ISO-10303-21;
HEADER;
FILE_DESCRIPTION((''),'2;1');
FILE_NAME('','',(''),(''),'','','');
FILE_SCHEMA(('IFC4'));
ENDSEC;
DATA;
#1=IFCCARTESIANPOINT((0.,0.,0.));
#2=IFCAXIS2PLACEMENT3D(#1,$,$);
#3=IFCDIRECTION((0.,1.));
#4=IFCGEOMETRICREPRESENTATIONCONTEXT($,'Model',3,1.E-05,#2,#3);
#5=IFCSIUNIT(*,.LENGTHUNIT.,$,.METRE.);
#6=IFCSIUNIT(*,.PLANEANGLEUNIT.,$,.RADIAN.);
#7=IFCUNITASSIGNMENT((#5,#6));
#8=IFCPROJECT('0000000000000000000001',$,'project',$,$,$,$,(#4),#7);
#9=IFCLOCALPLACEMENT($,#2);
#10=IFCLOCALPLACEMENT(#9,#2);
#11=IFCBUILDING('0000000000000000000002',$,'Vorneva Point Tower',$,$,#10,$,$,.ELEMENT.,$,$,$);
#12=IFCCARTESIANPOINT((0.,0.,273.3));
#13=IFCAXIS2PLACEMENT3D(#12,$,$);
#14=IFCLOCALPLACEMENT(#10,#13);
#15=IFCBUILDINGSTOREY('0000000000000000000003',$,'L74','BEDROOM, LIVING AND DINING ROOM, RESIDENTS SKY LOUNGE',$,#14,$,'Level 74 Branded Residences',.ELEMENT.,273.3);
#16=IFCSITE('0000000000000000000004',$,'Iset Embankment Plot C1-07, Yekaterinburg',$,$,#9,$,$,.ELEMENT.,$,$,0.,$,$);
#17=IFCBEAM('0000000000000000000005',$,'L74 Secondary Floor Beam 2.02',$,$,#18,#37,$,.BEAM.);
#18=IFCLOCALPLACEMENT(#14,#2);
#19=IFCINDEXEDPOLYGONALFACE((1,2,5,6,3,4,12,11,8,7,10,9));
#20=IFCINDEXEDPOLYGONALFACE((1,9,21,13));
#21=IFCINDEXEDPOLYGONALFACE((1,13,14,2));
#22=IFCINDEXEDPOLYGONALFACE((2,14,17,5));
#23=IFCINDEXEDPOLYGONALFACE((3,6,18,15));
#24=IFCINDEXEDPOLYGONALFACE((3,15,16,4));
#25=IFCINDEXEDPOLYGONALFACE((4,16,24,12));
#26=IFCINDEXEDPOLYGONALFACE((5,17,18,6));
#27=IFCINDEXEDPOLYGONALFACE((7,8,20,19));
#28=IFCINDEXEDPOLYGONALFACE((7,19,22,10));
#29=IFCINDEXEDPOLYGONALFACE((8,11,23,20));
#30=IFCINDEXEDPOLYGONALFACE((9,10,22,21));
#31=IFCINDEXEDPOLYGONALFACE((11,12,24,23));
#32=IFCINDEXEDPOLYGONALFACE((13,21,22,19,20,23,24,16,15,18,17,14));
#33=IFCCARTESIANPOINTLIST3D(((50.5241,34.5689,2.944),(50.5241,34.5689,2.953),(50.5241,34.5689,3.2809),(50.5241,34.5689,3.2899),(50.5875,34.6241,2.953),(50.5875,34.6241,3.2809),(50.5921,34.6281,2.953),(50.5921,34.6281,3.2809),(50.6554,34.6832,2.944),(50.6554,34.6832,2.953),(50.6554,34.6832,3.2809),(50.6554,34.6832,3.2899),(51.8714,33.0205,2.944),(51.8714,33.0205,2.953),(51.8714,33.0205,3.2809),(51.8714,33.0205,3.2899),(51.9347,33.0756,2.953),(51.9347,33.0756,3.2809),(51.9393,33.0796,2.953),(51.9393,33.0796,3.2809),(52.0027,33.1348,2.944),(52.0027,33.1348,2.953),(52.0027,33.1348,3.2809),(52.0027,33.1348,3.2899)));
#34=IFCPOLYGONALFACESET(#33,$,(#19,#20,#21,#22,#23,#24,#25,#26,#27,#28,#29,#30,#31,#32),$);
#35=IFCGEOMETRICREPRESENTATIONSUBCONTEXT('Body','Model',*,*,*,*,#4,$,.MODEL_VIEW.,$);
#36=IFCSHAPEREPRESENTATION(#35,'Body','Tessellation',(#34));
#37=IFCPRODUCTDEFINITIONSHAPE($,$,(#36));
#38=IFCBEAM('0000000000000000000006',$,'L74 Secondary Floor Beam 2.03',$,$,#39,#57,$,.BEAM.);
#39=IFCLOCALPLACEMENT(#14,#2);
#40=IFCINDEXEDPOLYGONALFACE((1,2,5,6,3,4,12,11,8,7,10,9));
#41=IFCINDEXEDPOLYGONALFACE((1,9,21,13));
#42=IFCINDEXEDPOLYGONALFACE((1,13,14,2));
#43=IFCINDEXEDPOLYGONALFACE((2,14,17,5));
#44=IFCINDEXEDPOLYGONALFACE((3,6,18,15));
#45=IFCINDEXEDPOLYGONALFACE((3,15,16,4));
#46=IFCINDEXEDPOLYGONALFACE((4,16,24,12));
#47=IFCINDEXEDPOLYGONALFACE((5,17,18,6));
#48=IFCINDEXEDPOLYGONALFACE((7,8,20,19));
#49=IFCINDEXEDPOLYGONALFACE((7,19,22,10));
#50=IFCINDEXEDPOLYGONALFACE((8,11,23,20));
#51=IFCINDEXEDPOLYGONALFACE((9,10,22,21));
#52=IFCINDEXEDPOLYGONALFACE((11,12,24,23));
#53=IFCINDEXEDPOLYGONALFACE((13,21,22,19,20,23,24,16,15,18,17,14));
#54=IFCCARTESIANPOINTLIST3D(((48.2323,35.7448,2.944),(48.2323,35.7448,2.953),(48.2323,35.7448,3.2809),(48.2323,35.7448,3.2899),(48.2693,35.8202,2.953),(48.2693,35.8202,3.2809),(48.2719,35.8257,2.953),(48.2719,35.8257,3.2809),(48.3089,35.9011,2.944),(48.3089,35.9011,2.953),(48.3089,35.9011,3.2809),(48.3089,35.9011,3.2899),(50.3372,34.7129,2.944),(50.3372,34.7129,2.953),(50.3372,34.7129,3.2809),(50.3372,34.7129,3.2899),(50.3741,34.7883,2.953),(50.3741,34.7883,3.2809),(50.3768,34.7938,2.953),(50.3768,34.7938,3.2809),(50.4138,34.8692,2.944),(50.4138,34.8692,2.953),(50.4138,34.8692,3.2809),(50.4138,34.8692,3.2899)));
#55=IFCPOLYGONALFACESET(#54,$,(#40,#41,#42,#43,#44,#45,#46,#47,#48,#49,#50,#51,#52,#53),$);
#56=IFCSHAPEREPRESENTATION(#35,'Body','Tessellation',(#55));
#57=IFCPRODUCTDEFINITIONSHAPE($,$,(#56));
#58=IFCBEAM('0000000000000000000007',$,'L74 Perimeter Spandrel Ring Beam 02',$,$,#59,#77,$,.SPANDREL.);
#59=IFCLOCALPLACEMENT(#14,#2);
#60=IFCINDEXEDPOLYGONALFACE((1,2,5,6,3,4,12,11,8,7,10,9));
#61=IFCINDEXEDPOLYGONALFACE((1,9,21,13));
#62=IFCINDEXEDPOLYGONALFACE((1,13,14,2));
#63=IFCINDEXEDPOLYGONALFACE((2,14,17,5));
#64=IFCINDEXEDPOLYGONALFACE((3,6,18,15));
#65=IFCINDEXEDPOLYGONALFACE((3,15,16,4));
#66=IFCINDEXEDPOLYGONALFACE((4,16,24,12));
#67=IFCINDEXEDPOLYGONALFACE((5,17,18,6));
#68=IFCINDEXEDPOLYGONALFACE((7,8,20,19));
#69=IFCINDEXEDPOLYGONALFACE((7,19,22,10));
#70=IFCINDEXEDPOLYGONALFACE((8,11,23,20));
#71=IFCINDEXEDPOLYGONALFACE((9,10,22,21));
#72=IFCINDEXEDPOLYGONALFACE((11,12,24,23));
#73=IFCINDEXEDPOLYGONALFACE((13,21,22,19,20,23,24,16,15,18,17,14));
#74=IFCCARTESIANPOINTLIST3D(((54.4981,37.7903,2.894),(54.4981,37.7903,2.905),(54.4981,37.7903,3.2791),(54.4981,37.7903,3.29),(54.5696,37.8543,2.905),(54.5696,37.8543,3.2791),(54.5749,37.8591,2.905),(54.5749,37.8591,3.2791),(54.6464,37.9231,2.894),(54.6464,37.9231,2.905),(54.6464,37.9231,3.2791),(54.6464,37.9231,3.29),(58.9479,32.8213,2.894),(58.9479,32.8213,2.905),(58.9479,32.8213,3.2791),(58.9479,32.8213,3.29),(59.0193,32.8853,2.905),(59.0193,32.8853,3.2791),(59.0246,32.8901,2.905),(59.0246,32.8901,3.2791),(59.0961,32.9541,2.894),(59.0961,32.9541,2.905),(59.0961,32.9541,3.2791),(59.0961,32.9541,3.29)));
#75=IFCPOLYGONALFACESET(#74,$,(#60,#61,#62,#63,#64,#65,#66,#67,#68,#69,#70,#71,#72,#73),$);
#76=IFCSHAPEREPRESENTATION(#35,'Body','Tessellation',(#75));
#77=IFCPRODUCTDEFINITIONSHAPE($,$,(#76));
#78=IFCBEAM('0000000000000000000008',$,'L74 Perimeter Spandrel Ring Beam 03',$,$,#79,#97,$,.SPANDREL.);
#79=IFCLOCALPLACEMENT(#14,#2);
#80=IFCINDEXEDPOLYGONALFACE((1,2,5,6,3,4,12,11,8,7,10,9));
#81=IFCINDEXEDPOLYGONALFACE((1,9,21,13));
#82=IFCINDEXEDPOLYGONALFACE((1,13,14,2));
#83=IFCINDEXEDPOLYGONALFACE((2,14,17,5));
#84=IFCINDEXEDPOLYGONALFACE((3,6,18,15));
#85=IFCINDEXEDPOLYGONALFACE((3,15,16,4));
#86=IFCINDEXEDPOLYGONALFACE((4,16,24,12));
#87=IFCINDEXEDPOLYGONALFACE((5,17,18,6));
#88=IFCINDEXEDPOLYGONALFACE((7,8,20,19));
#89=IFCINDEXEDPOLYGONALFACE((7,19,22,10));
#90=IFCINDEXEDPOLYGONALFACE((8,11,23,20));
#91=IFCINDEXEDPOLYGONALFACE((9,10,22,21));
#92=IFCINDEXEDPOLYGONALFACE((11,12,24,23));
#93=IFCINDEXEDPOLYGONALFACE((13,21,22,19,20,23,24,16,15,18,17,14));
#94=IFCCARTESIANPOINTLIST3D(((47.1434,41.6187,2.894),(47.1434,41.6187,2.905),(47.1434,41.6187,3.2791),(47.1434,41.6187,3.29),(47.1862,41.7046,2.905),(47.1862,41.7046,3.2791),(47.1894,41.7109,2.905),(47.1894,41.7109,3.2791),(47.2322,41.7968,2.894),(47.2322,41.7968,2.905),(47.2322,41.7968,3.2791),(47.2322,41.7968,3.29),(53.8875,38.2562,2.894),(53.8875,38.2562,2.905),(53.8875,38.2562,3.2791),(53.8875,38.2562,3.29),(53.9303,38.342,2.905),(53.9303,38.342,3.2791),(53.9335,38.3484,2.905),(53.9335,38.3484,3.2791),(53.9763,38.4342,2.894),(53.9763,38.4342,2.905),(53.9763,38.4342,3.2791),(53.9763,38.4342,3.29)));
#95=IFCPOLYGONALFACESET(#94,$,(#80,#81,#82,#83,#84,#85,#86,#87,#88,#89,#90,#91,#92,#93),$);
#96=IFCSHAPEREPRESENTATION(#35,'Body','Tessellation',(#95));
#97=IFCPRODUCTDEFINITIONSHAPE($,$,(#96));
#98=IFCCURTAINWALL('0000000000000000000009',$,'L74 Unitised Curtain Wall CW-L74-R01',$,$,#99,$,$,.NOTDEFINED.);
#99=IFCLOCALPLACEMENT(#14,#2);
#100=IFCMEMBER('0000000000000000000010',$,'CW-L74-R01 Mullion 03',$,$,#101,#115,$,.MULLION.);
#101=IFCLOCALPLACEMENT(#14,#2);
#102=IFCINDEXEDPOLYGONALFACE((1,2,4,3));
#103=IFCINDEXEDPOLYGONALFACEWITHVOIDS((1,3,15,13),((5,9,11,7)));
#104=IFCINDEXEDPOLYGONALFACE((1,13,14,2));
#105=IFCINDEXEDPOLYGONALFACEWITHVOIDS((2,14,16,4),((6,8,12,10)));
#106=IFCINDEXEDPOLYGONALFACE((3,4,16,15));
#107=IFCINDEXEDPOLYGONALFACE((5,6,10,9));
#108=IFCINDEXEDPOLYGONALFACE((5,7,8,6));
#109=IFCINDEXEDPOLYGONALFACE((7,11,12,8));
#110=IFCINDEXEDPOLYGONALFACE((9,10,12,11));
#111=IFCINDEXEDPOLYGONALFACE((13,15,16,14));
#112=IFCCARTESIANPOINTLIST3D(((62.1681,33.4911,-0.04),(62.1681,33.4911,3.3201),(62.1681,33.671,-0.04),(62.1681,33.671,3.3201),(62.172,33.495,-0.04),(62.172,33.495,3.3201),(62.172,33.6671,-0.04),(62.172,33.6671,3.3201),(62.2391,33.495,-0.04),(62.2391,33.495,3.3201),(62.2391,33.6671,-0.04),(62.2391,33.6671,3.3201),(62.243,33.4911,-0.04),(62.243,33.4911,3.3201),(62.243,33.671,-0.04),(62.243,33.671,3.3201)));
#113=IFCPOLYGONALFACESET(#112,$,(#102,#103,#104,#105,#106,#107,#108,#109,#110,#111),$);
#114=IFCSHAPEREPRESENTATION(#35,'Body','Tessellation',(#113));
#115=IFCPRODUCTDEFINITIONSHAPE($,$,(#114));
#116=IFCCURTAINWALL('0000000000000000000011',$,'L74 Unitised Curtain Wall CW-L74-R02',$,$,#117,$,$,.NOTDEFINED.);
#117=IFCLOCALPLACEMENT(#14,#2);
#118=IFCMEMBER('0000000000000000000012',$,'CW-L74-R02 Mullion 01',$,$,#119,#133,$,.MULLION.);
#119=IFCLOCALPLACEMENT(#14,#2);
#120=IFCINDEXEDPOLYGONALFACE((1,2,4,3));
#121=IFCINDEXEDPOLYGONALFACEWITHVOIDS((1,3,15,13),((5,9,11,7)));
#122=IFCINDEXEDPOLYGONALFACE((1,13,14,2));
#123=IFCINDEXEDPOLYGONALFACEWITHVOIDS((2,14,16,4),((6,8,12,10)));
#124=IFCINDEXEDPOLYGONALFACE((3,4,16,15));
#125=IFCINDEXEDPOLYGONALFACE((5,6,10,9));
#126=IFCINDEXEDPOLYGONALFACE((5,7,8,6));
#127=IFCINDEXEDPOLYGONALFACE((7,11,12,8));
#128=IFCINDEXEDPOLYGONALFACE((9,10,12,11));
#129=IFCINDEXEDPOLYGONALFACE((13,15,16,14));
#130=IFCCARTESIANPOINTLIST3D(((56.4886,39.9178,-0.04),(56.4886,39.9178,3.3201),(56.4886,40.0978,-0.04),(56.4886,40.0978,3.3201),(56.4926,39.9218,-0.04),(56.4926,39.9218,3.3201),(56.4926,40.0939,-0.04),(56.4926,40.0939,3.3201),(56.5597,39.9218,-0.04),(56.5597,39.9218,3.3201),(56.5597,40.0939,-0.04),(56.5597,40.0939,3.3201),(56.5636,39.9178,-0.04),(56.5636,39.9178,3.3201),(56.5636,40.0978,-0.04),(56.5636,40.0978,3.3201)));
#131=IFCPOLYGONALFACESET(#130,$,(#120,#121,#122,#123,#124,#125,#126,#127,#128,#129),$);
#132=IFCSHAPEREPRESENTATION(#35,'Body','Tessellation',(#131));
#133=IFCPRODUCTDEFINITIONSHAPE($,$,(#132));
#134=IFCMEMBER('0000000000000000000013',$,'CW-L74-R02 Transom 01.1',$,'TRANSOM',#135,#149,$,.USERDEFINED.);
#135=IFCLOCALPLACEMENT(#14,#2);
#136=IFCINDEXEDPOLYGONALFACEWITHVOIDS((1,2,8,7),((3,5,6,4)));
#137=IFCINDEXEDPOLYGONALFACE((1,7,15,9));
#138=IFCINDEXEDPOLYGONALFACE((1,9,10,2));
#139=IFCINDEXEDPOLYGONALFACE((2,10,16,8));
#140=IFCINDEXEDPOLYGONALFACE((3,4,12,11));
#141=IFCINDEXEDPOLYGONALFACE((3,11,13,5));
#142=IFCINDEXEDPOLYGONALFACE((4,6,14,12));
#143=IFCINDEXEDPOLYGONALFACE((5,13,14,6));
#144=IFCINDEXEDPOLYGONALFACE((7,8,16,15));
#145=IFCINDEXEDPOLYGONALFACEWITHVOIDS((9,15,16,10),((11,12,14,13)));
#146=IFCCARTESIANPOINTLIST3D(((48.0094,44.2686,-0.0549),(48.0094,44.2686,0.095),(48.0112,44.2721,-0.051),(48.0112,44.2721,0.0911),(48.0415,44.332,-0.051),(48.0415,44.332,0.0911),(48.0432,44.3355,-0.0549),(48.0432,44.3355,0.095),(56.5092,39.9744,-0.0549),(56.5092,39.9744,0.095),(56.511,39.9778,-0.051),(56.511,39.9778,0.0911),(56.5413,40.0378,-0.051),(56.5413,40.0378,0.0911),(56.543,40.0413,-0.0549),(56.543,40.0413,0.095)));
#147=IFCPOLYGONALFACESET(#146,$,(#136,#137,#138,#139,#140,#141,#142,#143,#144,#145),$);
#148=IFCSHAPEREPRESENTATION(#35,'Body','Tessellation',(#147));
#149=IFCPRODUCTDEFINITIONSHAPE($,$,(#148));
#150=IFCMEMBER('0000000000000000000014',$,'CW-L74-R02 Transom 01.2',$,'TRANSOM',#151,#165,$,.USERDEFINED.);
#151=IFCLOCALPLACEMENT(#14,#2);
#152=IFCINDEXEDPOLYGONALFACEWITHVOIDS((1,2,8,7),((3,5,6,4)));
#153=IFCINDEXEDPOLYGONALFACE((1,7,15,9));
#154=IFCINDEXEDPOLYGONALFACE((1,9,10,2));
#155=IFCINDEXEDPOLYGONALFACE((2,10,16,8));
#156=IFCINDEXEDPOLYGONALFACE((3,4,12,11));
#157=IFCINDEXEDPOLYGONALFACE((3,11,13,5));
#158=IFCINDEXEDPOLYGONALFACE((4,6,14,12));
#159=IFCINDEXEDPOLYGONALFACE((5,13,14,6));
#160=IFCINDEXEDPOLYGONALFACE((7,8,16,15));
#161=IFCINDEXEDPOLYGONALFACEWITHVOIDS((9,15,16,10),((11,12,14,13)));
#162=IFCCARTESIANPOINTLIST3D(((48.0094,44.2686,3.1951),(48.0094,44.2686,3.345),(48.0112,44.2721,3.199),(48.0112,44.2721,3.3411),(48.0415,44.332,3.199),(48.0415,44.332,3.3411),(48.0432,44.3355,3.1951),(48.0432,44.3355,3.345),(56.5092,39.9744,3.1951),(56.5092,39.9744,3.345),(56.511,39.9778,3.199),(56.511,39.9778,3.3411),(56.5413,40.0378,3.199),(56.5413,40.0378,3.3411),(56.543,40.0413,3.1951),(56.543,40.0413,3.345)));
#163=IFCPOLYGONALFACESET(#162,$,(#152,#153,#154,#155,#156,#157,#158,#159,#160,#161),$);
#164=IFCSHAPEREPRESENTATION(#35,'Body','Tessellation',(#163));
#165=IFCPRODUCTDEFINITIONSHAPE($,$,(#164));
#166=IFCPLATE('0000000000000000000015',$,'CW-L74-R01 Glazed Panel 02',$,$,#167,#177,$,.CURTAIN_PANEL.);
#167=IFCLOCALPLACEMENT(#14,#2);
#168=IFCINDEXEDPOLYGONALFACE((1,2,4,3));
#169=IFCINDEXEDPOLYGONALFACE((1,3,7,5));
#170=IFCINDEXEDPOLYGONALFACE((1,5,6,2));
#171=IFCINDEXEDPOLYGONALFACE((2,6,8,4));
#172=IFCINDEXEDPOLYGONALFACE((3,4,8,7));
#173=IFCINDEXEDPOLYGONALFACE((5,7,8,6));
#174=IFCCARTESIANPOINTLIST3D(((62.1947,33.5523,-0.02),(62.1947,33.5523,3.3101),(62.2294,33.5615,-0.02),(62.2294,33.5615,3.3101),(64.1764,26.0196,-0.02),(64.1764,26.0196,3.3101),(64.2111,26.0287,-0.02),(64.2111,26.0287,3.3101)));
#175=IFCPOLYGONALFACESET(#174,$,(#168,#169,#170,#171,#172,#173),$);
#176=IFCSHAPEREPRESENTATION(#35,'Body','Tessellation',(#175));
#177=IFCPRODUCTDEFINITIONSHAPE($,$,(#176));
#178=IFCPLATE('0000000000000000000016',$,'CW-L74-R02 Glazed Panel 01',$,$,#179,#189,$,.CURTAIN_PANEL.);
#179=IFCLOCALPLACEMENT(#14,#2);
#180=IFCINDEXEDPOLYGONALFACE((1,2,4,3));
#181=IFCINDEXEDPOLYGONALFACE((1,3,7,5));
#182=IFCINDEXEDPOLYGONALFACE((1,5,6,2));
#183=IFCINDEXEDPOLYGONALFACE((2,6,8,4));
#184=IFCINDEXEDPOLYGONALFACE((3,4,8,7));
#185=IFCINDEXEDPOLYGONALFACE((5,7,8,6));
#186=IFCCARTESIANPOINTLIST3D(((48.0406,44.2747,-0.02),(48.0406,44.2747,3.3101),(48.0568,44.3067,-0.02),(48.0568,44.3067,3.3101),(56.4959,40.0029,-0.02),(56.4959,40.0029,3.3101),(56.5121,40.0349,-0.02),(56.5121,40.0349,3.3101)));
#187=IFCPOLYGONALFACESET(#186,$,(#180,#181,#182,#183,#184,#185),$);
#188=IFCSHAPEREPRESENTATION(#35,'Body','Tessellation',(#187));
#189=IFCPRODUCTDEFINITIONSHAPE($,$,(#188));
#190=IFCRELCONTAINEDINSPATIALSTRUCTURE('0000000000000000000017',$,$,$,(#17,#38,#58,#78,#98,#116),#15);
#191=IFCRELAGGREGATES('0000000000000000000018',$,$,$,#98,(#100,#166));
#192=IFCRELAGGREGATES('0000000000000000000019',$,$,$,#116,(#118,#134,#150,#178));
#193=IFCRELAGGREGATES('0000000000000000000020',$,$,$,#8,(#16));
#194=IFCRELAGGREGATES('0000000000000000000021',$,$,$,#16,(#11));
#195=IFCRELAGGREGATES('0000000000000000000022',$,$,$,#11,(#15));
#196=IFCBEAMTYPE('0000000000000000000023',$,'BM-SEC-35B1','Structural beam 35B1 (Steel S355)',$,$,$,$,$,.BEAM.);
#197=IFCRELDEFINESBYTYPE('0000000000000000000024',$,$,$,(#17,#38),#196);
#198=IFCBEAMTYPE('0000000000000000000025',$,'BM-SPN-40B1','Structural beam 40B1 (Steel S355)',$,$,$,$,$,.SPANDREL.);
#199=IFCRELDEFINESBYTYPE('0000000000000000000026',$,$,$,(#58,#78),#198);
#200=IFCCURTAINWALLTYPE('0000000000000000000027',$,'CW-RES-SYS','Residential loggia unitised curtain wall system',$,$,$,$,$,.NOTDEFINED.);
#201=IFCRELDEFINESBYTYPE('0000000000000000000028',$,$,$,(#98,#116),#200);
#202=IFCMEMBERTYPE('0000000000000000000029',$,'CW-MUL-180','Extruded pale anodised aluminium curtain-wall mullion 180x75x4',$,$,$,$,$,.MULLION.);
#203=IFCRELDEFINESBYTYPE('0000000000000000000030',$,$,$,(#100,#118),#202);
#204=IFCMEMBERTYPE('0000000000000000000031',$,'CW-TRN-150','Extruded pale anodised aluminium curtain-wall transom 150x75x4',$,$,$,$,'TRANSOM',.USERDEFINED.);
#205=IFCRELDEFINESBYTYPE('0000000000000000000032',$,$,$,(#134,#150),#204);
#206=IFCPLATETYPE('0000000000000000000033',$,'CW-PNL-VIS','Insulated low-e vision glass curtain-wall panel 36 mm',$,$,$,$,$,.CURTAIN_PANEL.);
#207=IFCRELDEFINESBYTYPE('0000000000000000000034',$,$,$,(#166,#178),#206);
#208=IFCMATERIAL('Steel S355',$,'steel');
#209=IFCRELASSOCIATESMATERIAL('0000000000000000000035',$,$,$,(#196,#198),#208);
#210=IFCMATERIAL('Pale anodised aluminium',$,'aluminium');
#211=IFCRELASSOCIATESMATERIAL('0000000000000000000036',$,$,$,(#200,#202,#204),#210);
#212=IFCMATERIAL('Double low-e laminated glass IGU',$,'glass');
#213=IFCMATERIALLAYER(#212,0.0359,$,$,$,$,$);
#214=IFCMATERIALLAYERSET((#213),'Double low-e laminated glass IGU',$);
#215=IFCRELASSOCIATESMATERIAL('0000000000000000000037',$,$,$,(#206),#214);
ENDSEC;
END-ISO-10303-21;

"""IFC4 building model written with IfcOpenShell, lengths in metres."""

from ifc_helpers import new_model, si_unit, direction, frame, origin, origin_2d, place, context, subcontext, project, spatial, rectangle, hollow_rectangle, i_section, extrude, material, layer, layer_set, material_profile, profile_set, type_object, element, aggregate, save


model = new_model("IFC4")

# Units and contexts
model_context = context("Model", 3, precision=1e-05, world=origin(), true_north=direction((0.0, 1.0)))
body_context = subcontext(model_context, "Body", "Model", "MODEL_VIEW")
ifc_project = project(units=[si_unit("LENGTHUNIT", "METRE"), si_unit("PLANEANGLEUNIT", "RADIAN")], contexts=[model_context])

# Site, building, storey
site_placement = place(None, origin())
site = spatial("IfcSite", under=ifc_project, at=site_placement, Name="Iset Embankment Plot C1-07, Yekaterinburg", CompositionType="ELEMENT", RefElevation=0.0)
building_placement = place(site_placement, origin())
building = spatial("IfcBuilding", under=site, at=building_placement, Name="Vorneva Point Tower", CompositionType="ELEMENT")
storey_placement = place(building_placement, frame((0.0, 0.0, 273.3)))
storey = spatial("IfcBuildingStorey", under=building, at=storey_placement, Name="L74", Description="BEDROOM, LIVING AND DINING ROOM, RESIDENTS SKY LOUNGE", LongName="Level 74 Branded Residences", CompositionType="ELEMENT", Elevation=273.3)

# Beams
ifc_material_1 = material(Name="Steel S355", Category="steel")
ifc_material_profile_1 = material_profile(ifc_material_1, i_section(OverallWidth=0.1741, OverallDepth=0.3459, WebThickness=0.0061, FlangeThickness=0.009, at=origin_2d()), Name="35B1")
ifc_profile_set_1 = profile_set([ifc_material_profile_1], Name="Steel S355")
beam_type_1 = type_object("IfcBeamType", Name="BM-SEC-35B1", Description="Structural beam 35B1 (Steel S355)", PredefinedType="BEAM", material=ifc_profile_set_1)
beam_1_placement = place(storey_placement, frame((51.937, 33.0776, 3.1169), z_axis=(-0.656397, 0.754416, 0.0), x_axis=(-0.754416, -0.656397, 0.0)))
element("IfcBeam", 1, at=beam_1_placement, inside=storey, type_object=beam_type_1, Name="L74 Secondary Floor Beam 2.02", PredefinedType="BEAM", context=body_context, shape_type="SweptSolid", body=[
    extrude(i_section(OverallWidth=0.1741, OverallDepth=0.3459, WebThickness=0.0061, FlangeThickness=0.009, at=origin_2d()), origin(), (0.0, 0.0, 1.0), 2.0525),
])
beam_2_placement = place(storey_placement, frame((50.3755, 34.791, 3.1169), z_axis=(-0.897899, 0.440202, 0.0), x_axis=(-0.440202, -0.897899, 0.0)))
element("IfcBeam", 2, at=beam_2_placement, inside=storey, type_object=beam_type_1, Name="L74 Secondary Floor Beam 2.03", PredefinedType="BEAM", context=body_context, shape_type="SweptSolid", body=[
    extrude(i_section(OverallWidth=0.1741, OverallDepth=0.3459, WebThickness=0.0061, FlangeThickness=0.009, at=origin_2d()), origin(), (0.0, 0.0, 1.0), 2.3442),
])
ifc_material_profile_2 = material_profile(ifc_material_1, i_section(OverallWidth=0.199, OverallDepth=0.396, WebThickness=0.0071, FlangeThickness=0.011, at=origin_2d()), Name="40B1")
ifc_profile_set_2 = profile_set([ifc_material_profile_2], Name="Steel S355")
beam_type_2 = type_object("IfcBeamType", Name="BM-SPN-40B1", Description="Structural beam 40B1 (Steel S355)", PredefinedType="SPANDREL", material=ifc_profile_set_2)
beam_3_placement = place(storey_placement, frame((59.022, 32.8877, 3.092), z_axis=(-0.667108, 0.744961, 0.0), x_axis=(-0.744961, -0.667108, 0.0)))
element("IfcBeam", 3, at=beam_3_placement, inside=storey, type_object=beam_type_2, Name="L74 Perimeter Spandrel Ring Beam 02", PredefinedType="SPANDREL", context=body_context, shape_type="SweptSolid", body=[
    extrude(i_section(OverallWidth=0.199, OverallDepth=0.396, WebThickness=0.0071, FlangeThickness=0.011, at=origin_2d()), origin(), (0.0, 0.0, 1.0), 6.6702),
])
beam_4_placement = place(storey_placement, frame((53.9319, 38.3452, 3.092), z_axis=(-0.894932, 0.446203, 0.0), x_axis=(-0.446203, -0.894932, 0.0)))
element("IfcBeam", 4, at=beam_4_placement, inside=storey, type_object=beam_type_2, Name="L74 Perimeter Spandrel Ring Beam 03", PredefinedType="SPANDREL", context=body_context, shape_type="SweptSolid", body=[
    extrude(i_section(OverallWidth=0.199, OverallDepth=0.396, WebThickness=0.0071, FlangeThickness=0.011, at=origin_2d()), origin(), (0.0, 0.0, 1.0), 7.5359),
])

# Curtain wall, member
ifc_material_2 = material(Name="Pale anodised aluminium", Category="aluminium")
curtain_wall_type = type_object("IfcCurtainWallType", Name="CW-RES-SYS", Description="Residential loggia unitised curtain wall system", PredefinedType="NOTDEFINED", material=ifc_material_2)
curtain_wall_1_placement = place(storey_placement, origin())
curtain_wall_1 = element("IfcCurtainWall", 5, at=curtain_wall_1_placement, inside=storey, type_object=curtain_wall_type, Name="L74 Unitised Curtain Wall CW-L74-R01", PredefinedType="NOTDEFINED")
ifc_material_profile_3 = material_profile(ifc_material_2, hollow_rectangle(XDim=0.075, YDim=0.1799, WallThickness=0.0039, at=origin_2d()), Name="AL-MUL 180x75x4")
ifc_profile_set_3 = profile_set([ifc_material_profile_3], Name="Pale anodised aluminium")
member_type_1 = type_object("IfcMemberType", Name="CW-MUL-180", Description="Extruded pale anodised aluminium curtain-wall mullion 180x75x4", PredefinedType="MULLION", material=ifc_profile_set_3)
member_1_placement = place(storey_placement, frame((62.2056, 33.5811, -0.04), z_axis=(0.0, 0.0, 1.0), x_axis=(1.0, 0.0, 0.0)))
member_1 = element("IfcMember", 6, at=member_1_placement, type_object=member_type_1, Name="CW-L74-R01 Mullion 03", PredefinedType="MULLION", context=body_context, shape_type="SweptSolid", body=[
    extrude(hollow_rectangle(XDim=0.075, YDim=0.1799, WallThickness=0.0039, at=origin_2d()), origin(), (0.0, 0.0, 1.0), 3.3601),
])

# Curtain wall, members
curtain_wall_2_placement = place(storey_placement, origin())
curtain_wall_2 = element("IfcCurtainWall", 7, at=curtain_wall_2_placement, inside=storey, type_object=curtain_wall_type, Name="L74 Unitised Curtain Wall CW-L74-R02", PredefinedType="NOTDEFINED")
member_2_placement = place(storey_placement, frame((56.5261, 40.0078, -0.04), z_axis=(0.0, 0.0, 1.0), x_axis=(1.0, 0.0, 0.0)))
member_2 = element("IfcMember", 8, at=member_2_placement, type_object=member_type_1, Name="CW-L74-R02 Mullion 01", PredefinedType="MULLION", context=body_context, shape_type="SweptSolid", body=[
    extrude(hollow_rectangle(XDim=0.075, YDim=0.1799, WallThickness=0.0039, at=origin_2d()), origin(), (0.0, 0.0, 1.0), 3.3601),
])
ifc_material_profile_4 = material_profile(ifc_material_2, hollow_rectangle(XDim=0.075, YDim=0.1499, WallThickness=0.0039, at=origin_2d()), Name="AL-TRN 150x75x4")
ifc_profile_set_4 = profile_set([ifc_material_profile_4], Name="Pale anodised aluminium")
member_type_2 = type_object("IfcMemberType", Name="CW-TRN-150", Description="Extruded pale anodised aluminium curtain-wall transom 150x75x4", ElementType="TRANSOM", PredefinedType="USERDEFINED", material=ifc_profile_set_4)
member_3_placement = place(storey_placement, frame((56.5261, 40.0078, 0.02), z_axis=(-0.892558, 0.450932, 0.0), x_axis=(-0.450932, -0.892558, 0.0)))
member_3 = element("IfcMember", 9, at=member_3_placement, type_object=member_type_2, Name="CW-L74-R02 Transom 01.1", ObjectType="TRANSOM", PredefinedType="USERDEFINED", context=body_context, shape_type="SweptSolid", body=[
    extrude(hollow_rectangle(XDim=0.075, YDim=0.1499, WallThickness=0.0039, at=origin_2d()), origin(), (0.0, 0.0, 1.0), 9.5229),
])
member_4_placement = place(storey_placement, frame((56.5261, 40.0078, 3.27), z_axis=(-0.892558, 0.450932, 0.0), x_axis=(-0.450932, -0.892558, 0.0)))
member_4 = element("IfcMember", 10, at=member_4_placement, type_object=member_type_2, Name="CW-L74-R02 Transom 01.2", ObjectType="TRANSOM", PredefinedType="USERDEFINED", context=body_context, shape_type="SweptSolid", body=[
    extrude(hollow_rectangle(XDim=0.075, YDim=0.1499, WallThickness=0.0039, at=origin_2d()), origin(), (0.0, 0.0, 1.0), 9.5229),
])

# Plates
ifc_material_3 = material(Name="Double low-e laminated glass IGU", Category="glass")
ifc_layer_1 = layer(ifc_material_3, 0.0359)
ifc_layer_set_1 = layer_set([ifc_layer_1], Name="Double low-e laminated glass IGU")
plate_type = type_object("IfcPlateType", Name="CW-PNL-VIS", Description="Insulated low-e vision glass curtain-wall panel 36 mm", PredefinedType="CURTAIN_PANEL", material=ifc_layer_set_1)
plate_1_placement = place(storey_placement, frame((63.2029, 29.7905, -0.02), z_axis=(0.0, 0.0, 1.0), x_axis=(-0.254416, 0.967095, 0.0)))
plate_1 = element("IfcPlate", 11, at=plate_1_placement, type_object=plate_type, Name="CW-L74-R01 Glazed Panel 02", PredefinedType="CURTAIN_PANEL", context=body_context, shape_type="SweptSolid", body=[
    extrude(rectangle(XDim=7.7891, YDim=0.0359, at=origin_2d()), origin(), (0.0, 0.0, 1.0), 3.3301),
])
aggregate(curtain_wall_1, [member_1, plate_1])
plate_2_placement = place(storey_placement, frame((52.2764, 42.1548, -0.02), z_axis=(0.0, 0.0, 1.0), x_axis=(-0.892554, 0.45094, 0.0)))
plate_2 = element("IfcPlate", 12, at=plate_2_placement, type_object=plate_type, Name="CW-L74-R02 Glazed Panel 01", PredefinedType="CURTAIN_PANEL", context=body_context, shape_type="SweptSolid", body=[
    extrude(rectangle(XDim=9.4731, YDim=0.0359, at=origin_2d()), origin(), (0.0, 0.0, 1.0), 3.3301),
])
aggregate(curtain_wall_2, [member_2, member_3, member_4, plate_2])

save(model, "model.ifc")
